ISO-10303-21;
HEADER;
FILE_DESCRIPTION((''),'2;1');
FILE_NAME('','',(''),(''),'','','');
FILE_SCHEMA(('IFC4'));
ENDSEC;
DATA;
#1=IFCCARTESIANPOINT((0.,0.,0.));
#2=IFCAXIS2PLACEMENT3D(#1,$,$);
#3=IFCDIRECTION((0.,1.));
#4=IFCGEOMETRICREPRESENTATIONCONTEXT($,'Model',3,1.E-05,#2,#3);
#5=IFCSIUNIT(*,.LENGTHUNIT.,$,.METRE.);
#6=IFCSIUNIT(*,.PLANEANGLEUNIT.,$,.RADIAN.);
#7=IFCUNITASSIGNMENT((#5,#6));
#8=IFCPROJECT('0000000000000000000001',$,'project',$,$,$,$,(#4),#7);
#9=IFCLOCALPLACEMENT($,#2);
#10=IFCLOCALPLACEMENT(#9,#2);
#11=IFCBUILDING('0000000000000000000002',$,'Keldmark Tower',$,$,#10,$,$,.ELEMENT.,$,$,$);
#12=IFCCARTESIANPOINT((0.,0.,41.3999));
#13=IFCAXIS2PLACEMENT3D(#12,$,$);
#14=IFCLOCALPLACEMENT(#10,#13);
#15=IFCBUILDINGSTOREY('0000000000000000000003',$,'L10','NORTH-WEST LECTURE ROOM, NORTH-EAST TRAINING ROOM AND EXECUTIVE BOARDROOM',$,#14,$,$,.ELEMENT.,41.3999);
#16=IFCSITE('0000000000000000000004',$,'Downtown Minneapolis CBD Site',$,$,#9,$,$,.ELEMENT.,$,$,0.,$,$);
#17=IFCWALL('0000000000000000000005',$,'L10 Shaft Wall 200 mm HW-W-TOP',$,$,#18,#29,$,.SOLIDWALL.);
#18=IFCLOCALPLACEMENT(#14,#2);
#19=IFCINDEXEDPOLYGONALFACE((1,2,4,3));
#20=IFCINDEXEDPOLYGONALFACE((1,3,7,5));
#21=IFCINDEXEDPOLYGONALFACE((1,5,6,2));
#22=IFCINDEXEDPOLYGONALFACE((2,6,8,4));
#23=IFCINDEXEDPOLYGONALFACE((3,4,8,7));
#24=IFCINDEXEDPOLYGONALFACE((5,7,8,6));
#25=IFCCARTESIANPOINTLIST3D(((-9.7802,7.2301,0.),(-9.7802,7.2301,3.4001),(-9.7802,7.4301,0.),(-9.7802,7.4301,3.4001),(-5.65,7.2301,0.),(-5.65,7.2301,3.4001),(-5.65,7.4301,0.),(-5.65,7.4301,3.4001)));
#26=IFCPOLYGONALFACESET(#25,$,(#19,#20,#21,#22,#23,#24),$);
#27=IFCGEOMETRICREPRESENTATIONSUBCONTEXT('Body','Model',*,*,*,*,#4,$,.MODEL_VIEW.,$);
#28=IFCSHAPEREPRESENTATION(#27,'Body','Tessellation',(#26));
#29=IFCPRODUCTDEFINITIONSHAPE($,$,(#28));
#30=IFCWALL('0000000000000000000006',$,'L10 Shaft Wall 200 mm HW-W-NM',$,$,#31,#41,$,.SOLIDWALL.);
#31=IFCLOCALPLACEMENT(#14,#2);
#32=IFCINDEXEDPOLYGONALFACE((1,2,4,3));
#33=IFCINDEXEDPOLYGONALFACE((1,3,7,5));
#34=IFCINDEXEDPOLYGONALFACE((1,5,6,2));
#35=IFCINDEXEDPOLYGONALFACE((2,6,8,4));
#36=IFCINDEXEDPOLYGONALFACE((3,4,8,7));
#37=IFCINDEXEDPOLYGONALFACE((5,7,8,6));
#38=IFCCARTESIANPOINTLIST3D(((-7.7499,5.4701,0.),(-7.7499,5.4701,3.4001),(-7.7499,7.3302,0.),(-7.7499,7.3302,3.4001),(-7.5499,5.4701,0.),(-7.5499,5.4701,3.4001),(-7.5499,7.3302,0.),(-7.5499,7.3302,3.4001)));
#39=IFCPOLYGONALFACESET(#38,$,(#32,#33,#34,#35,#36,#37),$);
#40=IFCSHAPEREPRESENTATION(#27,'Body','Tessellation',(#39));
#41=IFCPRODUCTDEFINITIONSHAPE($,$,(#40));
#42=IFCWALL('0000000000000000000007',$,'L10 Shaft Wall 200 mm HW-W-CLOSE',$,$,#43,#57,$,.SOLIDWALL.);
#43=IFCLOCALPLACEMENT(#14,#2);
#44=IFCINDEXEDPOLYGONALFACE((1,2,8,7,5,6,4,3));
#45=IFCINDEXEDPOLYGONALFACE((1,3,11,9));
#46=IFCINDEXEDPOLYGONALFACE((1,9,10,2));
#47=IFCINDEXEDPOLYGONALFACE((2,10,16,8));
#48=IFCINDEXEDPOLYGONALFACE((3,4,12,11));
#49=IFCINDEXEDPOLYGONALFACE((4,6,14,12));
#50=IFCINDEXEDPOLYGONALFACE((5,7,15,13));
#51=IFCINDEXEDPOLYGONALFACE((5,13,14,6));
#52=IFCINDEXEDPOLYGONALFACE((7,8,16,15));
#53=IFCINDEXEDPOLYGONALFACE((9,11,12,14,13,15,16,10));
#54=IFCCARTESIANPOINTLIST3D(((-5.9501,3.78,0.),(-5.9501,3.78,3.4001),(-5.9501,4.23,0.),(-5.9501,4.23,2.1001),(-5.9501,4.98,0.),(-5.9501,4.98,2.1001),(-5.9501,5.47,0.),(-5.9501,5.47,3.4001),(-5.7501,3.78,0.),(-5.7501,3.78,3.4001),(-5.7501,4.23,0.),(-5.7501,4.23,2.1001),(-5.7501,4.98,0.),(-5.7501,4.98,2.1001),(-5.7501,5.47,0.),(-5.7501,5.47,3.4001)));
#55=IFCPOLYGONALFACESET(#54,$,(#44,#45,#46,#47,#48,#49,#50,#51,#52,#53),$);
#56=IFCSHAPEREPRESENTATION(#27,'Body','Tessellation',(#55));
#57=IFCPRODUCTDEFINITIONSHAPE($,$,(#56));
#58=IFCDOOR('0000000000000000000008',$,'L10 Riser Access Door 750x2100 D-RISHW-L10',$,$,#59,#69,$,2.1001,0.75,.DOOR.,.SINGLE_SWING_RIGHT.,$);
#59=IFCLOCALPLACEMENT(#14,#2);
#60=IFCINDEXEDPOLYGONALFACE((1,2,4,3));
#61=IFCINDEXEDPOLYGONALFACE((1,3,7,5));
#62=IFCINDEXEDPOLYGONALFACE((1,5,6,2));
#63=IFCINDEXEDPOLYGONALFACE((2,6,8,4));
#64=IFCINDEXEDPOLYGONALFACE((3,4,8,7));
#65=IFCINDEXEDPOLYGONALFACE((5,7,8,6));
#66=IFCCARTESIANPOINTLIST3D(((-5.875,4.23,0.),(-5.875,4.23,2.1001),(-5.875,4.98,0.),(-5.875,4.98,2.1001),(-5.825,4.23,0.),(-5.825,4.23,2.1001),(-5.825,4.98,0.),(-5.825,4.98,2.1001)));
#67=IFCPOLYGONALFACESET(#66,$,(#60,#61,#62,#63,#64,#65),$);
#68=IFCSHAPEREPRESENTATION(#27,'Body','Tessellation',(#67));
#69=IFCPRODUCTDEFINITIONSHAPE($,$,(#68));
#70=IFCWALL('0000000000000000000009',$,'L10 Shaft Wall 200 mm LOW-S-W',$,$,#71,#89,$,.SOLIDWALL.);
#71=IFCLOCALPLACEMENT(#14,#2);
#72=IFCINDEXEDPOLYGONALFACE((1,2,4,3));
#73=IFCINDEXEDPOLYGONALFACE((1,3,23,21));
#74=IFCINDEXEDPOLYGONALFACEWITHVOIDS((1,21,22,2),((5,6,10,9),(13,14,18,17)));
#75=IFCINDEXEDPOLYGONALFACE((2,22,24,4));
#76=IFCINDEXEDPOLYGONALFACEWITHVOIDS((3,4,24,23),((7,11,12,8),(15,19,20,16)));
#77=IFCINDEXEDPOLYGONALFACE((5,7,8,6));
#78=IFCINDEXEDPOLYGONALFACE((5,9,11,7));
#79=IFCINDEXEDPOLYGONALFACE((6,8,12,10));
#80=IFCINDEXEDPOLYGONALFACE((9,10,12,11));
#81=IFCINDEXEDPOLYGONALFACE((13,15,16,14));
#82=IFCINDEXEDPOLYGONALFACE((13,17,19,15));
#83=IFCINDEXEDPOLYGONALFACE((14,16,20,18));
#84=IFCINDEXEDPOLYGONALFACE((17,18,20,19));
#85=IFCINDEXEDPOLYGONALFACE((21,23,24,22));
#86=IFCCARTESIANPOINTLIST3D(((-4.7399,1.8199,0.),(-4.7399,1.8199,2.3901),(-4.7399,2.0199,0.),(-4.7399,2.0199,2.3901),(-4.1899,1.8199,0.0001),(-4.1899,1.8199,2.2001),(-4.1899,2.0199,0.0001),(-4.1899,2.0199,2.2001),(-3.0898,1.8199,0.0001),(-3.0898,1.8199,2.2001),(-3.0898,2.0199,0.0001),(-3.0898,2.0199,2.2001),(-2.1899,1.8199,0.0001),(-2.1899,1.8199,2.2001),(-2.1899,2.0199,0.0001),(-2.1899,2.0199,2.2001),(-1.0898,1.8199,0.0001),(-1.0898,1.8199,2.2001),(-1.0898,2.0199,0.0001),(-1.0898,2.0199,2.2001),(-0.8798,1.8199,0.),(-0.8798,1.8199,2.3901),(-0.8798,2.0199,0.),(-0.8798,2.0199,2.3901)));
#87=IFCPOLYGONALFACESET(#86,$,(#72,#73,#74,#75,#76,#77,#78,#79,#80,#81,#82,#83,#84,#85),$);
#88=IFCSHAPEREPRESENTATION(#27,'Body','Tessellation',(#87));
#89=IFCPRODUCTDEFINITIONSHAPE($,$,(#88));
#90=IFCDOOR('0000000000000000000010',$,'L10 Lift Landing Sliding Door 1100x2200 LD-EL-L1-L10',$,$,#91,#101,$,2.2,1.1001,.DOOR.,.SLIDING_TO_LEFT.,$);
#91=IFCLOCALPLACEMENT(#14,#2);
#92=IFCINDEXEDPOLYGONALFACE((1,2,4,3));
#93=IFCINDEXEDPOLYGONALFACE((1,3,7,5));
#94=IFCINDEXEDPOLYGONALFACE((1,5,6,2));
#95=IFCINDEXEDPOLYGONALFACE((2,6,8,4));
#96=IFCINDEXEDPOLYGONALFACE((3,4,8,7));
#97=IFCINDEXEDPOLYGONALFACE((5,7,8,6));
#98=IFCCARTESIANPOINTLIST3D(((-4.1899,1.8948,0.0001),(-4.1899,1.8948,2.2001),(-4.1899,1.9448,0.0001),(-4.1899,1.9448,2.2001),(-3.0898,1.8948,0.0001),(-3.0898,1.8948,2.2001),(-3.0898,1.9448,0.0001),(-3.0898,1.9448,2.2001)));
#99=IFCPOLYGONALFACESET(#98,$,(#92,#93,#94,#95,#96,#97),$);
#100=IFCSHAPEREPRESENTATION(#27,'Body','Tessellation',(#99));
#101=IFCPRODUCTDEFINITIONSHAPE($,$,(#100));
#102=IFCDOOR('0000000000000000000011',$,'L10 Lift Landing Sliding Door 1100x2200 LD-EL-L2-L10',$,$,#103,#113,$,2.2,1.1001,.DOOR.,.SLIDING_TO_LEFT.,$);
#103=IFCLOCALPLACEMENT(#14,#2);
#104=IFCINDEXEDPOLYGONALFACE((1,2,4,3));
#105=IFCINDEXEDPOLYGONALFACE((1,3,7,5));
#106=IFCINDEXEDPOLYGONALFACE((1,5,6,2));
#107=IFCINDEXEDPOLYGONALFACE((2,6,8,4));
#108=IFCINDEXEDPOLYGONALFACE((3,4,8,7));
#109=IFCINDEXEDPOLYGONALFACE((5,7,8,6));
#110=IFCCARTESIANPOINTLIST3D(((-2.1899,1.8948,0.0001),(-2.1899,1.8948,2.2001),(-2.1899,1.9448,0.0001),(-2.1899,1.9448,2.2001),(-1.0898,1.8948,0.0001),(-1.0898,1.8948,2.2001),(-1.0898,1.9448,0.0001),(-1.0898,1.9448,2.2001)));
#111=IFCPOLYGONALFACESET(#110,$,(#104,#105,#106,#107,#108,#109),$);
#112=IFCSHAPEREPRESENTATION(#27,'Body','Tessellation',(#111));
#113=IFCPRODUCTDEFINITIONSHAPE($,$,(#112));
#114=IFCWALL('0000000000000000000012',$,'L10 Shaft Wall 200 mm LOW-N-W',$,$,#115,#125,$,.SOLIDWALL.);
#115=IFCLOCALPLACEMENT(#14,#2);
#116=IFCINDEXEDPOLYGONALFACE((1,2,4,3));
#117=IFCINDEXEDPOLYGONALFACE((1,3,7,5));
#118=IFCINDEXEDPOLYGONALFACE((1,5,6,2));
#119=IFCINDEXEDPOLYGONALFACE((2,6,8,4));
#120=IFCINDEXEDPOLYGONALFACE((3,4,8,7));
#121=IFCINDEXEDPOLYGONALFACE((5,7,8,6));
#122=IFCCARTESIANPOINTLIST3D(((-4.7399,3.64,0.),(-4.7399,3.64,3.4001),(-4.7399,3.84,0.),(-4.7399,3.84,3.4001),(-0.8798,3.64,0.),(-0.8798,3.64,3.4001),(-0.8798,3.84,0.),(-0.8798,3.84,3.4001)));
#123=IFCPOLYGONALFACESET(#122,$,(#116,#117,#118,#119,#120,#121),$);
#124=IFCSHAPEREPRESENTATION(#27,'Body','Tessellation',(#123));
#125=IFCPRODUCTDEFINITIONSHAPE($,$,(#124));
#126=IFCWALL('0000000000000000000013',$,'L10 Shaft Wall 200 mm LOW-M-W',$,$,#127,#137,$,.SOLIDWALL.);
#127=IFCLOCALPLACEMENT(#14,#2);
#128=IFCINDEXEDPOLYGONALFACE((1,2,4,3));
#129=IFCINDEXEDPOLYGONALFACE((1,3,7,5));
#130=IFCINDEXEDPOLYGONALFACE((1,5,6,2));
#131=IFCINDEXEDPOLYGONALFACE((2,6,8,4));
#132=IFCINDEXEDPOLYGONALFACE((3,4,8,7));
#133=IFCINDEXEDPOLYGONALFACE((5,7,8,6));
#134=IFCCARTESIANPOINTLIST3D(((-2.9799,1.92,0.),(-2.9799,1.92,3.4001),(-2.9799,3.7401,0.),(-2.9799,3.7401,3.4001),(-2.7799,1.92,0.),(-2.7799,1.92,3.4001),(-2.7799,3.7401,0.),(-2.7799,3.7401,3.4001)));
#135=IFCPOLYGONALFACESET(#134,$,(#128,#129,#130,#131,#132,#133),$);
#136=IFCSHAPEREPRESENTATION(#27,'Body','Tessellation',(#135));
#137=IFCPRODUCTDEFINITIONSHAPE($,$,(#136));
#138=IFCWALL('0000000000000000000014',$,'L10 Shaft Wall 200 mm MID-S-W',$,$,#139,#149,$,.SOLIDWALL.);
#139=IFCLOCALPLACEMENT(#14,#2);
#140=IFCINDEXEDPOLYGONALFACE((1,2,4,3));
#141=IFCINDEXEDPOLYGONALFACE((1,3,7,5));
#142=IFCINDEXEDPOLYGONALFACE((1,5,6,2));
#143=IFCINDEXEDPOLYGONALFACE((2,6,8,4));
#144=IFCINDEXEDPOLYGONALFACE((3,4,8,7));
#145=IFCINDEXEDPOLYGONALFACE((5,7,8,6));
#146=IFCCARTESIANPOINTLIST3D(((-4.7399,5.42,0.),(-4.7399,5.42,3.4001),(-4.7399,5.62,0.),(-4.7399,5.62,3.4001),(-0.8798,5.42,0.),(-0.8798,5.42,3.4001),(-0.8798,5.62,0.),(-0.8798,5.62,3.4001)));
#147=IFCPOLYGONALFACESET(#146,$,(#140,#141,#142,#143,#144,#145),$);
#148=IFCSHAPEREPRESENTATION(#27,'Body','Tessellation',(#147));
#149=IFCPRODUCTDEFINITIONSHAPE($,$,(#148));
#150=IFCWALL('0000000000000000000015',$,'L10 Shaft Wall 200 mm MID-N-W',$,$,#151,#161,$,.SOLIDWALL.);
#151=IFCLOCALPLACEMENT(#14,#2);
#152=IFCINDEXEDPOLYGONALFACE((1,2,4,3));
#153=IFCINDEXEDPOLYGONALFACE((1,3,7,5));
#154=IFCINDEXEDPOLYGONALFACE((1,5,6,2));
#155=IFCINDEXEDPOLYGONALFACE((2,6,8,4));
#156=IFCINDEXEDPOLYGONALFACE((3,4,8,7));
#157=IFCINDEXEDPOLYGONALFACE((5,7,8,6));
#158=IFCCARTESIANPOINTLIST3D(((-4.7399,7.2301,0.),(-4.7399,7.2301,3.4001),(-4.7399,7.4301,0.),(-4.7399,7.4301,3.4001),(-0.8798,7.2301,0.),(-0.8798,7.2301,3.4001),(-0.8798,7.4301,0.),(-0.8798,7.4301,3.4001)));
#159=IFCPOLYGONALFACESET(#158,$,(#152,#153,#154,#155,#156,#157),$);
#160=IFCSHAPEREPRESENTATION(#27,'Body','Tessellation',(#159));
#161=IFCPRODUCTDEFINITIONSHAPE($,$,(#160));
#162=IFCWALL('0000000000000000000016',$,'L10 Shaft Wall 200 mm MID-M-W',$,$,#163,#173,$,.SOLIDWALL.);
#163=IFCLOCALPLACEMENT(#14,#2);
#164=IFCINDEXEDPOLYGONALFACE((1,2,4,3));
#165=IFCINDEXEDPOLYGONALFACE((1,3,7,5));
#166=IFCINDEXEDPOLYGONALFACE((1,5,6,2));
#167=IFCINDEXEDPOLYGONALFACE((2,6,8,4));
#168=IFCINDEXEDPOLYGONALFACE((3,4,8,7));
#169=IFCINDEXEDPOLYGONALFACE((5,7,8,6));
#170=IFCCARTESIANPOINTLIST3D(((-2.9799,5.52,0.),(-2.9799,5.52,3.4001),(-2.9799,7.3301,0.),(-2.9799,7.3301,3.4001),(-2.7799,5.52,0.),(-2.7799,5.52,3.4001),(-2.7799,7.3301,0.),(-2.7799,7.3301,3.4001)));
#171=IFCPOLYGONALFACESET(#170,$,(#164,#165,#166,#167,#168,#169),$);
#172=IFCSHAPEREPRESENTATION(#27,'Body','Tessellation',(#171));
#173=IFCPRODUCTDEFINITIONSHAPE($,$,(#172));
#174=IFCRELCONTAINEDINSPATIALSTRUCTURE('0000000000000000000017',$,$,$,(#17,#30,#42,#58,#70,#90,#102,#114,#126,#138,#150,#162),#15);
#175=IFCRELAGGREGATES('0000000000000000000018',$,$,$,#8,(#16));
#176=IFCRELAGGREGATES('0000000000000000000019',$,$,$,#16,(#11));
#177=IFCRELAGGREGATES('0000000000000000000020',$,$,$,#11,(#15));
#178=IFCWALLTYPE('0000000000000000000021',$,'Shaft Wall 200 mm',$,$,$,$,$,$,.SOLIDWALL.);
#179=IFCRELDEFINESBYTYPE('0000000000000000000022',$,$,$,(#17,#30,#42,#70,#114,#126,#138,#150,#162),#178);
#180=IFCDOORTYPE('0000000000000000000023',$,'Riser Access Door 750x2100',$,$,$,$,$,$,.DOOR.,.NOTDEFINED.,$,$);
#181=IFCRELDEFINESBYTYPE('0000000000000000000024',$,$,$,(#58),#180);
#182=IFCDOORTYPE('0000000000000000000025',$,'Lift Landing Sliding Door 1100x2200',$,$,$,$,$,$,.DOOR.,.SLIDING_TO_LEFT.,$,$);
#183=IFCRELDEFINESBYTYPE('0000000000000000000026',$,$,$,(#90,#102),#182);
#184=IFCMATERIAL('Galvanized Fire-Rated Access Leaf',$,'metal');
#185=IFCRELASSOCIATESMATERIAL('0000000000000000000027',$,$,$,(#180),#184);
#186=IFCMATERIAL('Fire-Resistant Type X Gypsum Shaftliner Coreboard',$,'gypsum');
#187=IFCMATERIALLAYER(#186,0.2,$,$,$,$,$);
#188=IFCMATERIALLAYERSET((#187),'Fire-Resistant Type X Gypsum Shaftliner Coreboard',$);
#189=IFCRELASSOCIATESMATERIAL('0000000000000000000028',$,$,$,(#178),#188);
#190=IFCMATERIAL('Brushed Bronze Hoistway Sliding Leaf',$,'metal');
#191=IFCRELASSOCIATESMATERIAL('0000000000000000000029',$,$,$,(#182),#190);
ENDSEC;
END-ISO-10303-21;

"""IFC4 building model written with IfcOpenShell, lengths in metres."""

from ifc_helpers import new_model, si_unit, direction, frame, frame_2d, origin, place, context, subcontext, project, spatial, rectangle, extrude, material, layer, layer_set, type_object, element, fill, save


model = new_model("IFC4")

# Units and contexts
model_context = context("Model", 3, precision=1e-05, world=origin(), true_north=direction((0.0, 1.0)))
body_context = subcontext(model_context, "Body", "Model", "MODEL_VIEW")
ifc_project = project(units=[si_unit("LENGTHUNIT", "METRE"), si_unit("PLANEANGLEUNIT", "RADIAN")], contexts=[model_context])

# Site, building, storey
site_placement = place(None, origin())
site = spatial("IfcSite", under=ifc_project, at=site_placement, Name="Downtown Minneapolis CBD Site", CompositionType="ELEMENT", RefElevation=0.0)
building_placement = place(site_placement, origin())
building = spatial("IfcBuilding", under=site, at=building_placement, Name="Keldmark Tower", CompositionType="ELEMENT")
storey_placement = place(building_placement, frame((0.0, 0.0, 41.3999)))
storey = spatial("IfcBuildingStorey", under=building, at=storey_placement, Name="L10", Description="NORTH-WEST LECTURE ROOM, NORTH-EAST TRAINING ROOM AND EXECUTIVE BOARDROOM", CompositionType="ELEMENT", Elevation=41.3999)

# Shared definitions
ifc_material_1 = material(Name="Galvanized Fire-Rated Access Leaf", Category="metal")
door_type_1 = type_object("IfcDoorType", Name="Riser Access Door 750x2100", OperationType="NOTDEFINED", PredefinedType="DOOR", material=ifc_material_1)

# Walls
ifc_material_2 = material(Name="Fire-Resistant Type X Gypsum Shaftliner Coreboard", Category="gypsum")
ifc_layer_1 = layer(ifc_material_2, 0.2)
ifc_layer_set_1 = layer_set([ifc_layer_1], Name="Fire-Resistant Type X Gypsum Shaftliner Coreboard")
wall_type_1 = type_object("IfcWallType", Name="Shaft Wall 200 mm", PredefinedType="SOLIDWALL", material=ifc_layer_set_1)
for number, where, z_axis, x_axis, name in (
    (1, (-9.78, 7.3301, 0.0), (0.0, 0.0, 1.0), (1.0, 0.0, 0.0), "L10 Shaft Wall 200 mm HW-W-TOP"),
):
    element("IfcWall", number, at=place(storey_placement, frame(where, z_axis=z_axis, x_axis=x_axis)), inside=storey, type_object=wall_type_1, Name=name, PredefinedType="SOLIDWALL", context=body_context, shape_type="SweptSolid", body=[
        extrude(rectangle(XDim=4.1301, YDim=0.2, at=frame_2d((2.0649, 0.0))), origin(), (0.0, 0.0, 1.0), 3.4001),
    ])
wall_1_placement = place(storey_placement, frame((-7.6499, 5.47, 0.0), z_axis=(0.0, 0.0, 1.0), x_axis=(0.0, 1.0, 0.0)))
element("IfcWall", 2, at=wall_1_placement, inside=storey, type_object=wall_type_1, Name="L10 Shaft Wall 200 mm HW-W-NM", PredefinedType="SOLIDWALL", context=body_context, shape_type="SweptSolid", body=[
    extrude(rectangle(XDim=1.8601, YDim=0.2, at=frame_2d((0.9302, 0.0))), origin(), (0.0, 0.0, 1.0), 3.4001),
])

# Wall, opening, door
wall_2_placement = place(storey_placement, frame((-5.8501, 3.78, 0.0), z_axis=(0.0, 0.0, 1.0), x_axis=(0.0, 1.0, 0.0)))
wall_2 = element("IfcWall", 3, at=wall_2_placement, inside=storey, type_object=wall_type_1, Name="L10 Shaft Wall 200 mm HW-W-CLOSE", PredefinedType="SOLIDWALL", context=body_context, shape_type="SweptSolid", body=[
    extrude(rectangle(XDim=1.6899, YDim=0.2, at=frame_2d((0.845, 0.0))), origin(), (0.0, 0.0, 1.0), 3.4001),
])
opening_1_placement = place(wall_2_placement, frame((0.45, 0.0, 0.0)))
opening_1 = element("IfcOpeningElement", 4, at=opening_1_placement, cuts=wall_2, PredefinedType="OPENING", context=body_context, shape_type="SweptSolid", body=[
    extrude(rectangle(XDim=0.75, YDim=2.1001, at=frame_2d((0.375, 1.05))), frame((0.0, 0.1099, 0.0), z_axis=(0.0, -1.0, 0.0), x_axis=(1.0, 0.0, 0.0)), (0.0, 0.0, 1.0), 0.22),
])
door_1_placement = place(opening_1_placement, origin())
door_1 = element("IfcDoor", 5, at=door_1_placement, inside=storey, type_object=door_type_1, Name="L10 Riser Access Door 750x2100 D-RISHW-L10", OperationType="SINGLE_SWING_RIGHT", OverallHeight=2.1001, OverallWidth=0.75, PredefinedType="DOOR", context=body_context, shape_type="SweptSolid", body=[
    extrude(rectangle(XDim=0.75, YDim=2.1001, at=frame_2d((0.375, 1.05))), frame((0.0, 0.0249, 0.0), z_axis=(0.0, -1.0, 0.0), x_axis=(1.0, 0.0, 0.0)), (0.0, 0.0, 1.0), 0.05),
])
fill(opening_1, door_1)

# Wall, openings, doors
wall_3_placement = place(storey_placement, frame((-4.74, 1.9199, 0.0), z_axis=(0.0, 0.0, 1.0), x_axis=(1.0, 0.0, 0.0)))
wall_3 = element("IfcWall", 6, at=wall_3_placement, inside=storey, type_object=wall_type_1, Name="L10 Shaft Wall 200 mm LOW-S-W", PredefinedType="SOLIDWALL", context=body_context, shape_type="SweptSolid", body=[
    extrude(rectangle(XDim=3.8601, YDim=0.2, at=frame_2d((1.9302, 0.0))), origin(), (0.0, 0.0, 1.0), 2.3901),
])
opening_2_placement = place(wall_3_placement, frame((0.55, 0.0, 0.0)))
opening_2 = element("IfcOpeningElement", 7, at=opening_2_placement, cuts=wall_3, PredefinedType="OPENING", context=body_context, shape_type="SweptSolid", body=[
    extrude(rectangle(XDim=1.1001, YDim=2.2, at=frame_2d((0.55, 1.1001))), frame((0.0, 0.1099, 0.0), z_axis=(0.0, -1.0, 0.0), x_axis=(1.0, 0.0, 0.0)), (0.0, 0.0, 1.0), 0.22),
])
opening_3_placement = place(wall_3_placement, frame((2.55, 0.0, 0.0)))
opening_3 = element("IfcOpeningElement", 8, at=opening_3_placement, cuts=wall_3, PredefinedType="OPENING", context=body_context, shape_type="SweptSolid", body=[
    extrude(rectangle(XDim=1.1001, YDim=2.2, at=frame_2d((0.55, 1.1001))), frame((0.0, 0.1099, 0.0), z_axis=(0.0, -1.0, 0.0), x_axis=(1.0, 0.0, 0.0)), (0.0, 0.0, 1.0), 0.22),
])
ifc_material_3 = material(Name="Brushed Bronze Hoistway Sliding Leaf", Category="metal")
door_type_2 = type_object("IfcDoorType", Name="Lift Landing Sliding Door 1100x2200", OperationType="SLIDING_TO_LEFT", PredefinedType="DOOR", material=ifc_material_3)
door_2_placement = place(opening_2_placement, origin())
door_2 = element("IfcDoor", 9, at=door_2_placement, inside=storey, type_object=door_type_2, Name="L10 Lift Landing Sliding Door 1100x2200 LD-EL-L1-L10", OperationType="SLIDING_TO_LEFT", OverallHeight=2.2, OverallWidth=1.1001, PredefinedType="DOOR", context=body_context, shape_type="SweptSolid", body=[
    extrude(rectangle(XDim=1.1001, YDim=2.2, at=frame_2d((0.55, 1.1001))), frame((0.0, 0.0249, 0.0), z_axis=(0.0, -1.0, 0.0), x_axis=(1.0, 0.0, 0.0)), (0.0, 0.0, 1.0), 0.05),
])
fill(opening_2, door_2)
door_3_placement = place(opening_3_placement, origin())
door_3 = element("IfcDoor", 10, at=door_3_placement, inside=storey, type_object=door_type_2, Name="L10 Lift Landing Sliding Door 1100x2200 LD-EL-L2-L10", OperationType="SLIDING_TO_LEFT", OverallHeight=2.2, OverallWidth=1.1001, PredefinedType="DOOR", context=body_context, shape_type="SweptSolid", body=[
    extrude(rectangle(XDim=1.1001, YDim=2.2, at=frame_2d((0.55, 1.1001))), frame((0.0, 0.0249, 0.0), z_axis=(0.0, -1.0, 0.0), x_axis=(1.0, 0.0, 0.0)), (0.0, 0.0, 1.0), 0.05),
])
fill(opening_3, door_3)

# Walls
wall_4_placement = place(storey_placement, frame((-4.74, 3.74, 0.0), z_axis=(0.0, 0.0, 1.0), x_axis=(1.0, 0.0, 0.0)))
element("IfcWall", 11, at=wall_4_placement, inside=storey, type_object=wall_type_1, Name="L10 Shaft Wall 200 mm LOW-N-W", PredefinedType="SOLIDWALL", context=body_context, shape_type="SweptSolid", body=[
    extrude(rectangle(XDim=3.8601, YDim=0.2, at=frame_2d((1.9302, 0.0))), origin(), (0.0, 0.0, 1.0), 3.4001),
])
wall_5_placement = place(storey_placement, frame((-2.8799, 1.9199, 0.0), z_axis=(0.0, 0.0, 1.0), x_axis=(0.0, 1.0, 0.0)))
element("IfcWall", 12, at=wall_5_placement, inside=storey, type_object=wall_type_1, Name="L10 Shaft Wall 200 mm LOW-M-W", PredefinedType="SOLIDWALL", context=body_context, shape_type="SweptSolid", body=[
    extrude(rectangle(XDim=1.8201, YDim=0.2, at=frame_2d((0.9102, 0.0))), origin(), (0.0, 0.0, 1.0), 3.4001),
])
for number, where, z_axis, x_axis, name in (
    (13, (-4.74, 5.52, 0.0), (0.0, 0.0, 1.0), (1.0, 0.0, 0.0), "L10 Shaft Wall 200 mm MID-S-W"),
    (14, (-4.74, 7.3301, 0.0), (0.0, 0.0, 1.0), (1.0, 0.0, 0.0), "L10 Shaft Wall 200 mm MID-N-W"),
):
    element("IfcWall", number, at=place(storey_placement, frame(where, z_axis=z_axis, x_axis=x_axis)), inside=storey, type_object=wall_type_1, Name=name, PredefinedType="SOLIDWALL", context=body_context, shape_type="SweptSolid", body=[
        extrude(rectangle(XDim=3.8601, YDim=0.2, at=frame_2d((1.9302, 0.0))), origin(), (0.0, 0.0, 1.0), 3.4001),
    ])
wall_6_placement = place(storey_placement, frame((-2.8799, 5.52, 0.0), z_axis=(0.0, 0.0, 1.0), x_axis=(0.0, 1.0, 0.0)))
element("IfcWall", 15, at=wall_6_placement, inside=storey, type_object=wall_type_1, Name="L10 Shaft Wall 200 mm MID-M-W", PredefinedType="SOLIDWALL", context=body_context, shape_type="SweptSolid", body=[
    extrude(rectangle(XDim=1.8101, YDim=0.2, at=frame_2d((0.905, 0.0))), origin(), (0.0, 0.0, 1.0), 3.4001),
])

save(model, "model.ifc")
